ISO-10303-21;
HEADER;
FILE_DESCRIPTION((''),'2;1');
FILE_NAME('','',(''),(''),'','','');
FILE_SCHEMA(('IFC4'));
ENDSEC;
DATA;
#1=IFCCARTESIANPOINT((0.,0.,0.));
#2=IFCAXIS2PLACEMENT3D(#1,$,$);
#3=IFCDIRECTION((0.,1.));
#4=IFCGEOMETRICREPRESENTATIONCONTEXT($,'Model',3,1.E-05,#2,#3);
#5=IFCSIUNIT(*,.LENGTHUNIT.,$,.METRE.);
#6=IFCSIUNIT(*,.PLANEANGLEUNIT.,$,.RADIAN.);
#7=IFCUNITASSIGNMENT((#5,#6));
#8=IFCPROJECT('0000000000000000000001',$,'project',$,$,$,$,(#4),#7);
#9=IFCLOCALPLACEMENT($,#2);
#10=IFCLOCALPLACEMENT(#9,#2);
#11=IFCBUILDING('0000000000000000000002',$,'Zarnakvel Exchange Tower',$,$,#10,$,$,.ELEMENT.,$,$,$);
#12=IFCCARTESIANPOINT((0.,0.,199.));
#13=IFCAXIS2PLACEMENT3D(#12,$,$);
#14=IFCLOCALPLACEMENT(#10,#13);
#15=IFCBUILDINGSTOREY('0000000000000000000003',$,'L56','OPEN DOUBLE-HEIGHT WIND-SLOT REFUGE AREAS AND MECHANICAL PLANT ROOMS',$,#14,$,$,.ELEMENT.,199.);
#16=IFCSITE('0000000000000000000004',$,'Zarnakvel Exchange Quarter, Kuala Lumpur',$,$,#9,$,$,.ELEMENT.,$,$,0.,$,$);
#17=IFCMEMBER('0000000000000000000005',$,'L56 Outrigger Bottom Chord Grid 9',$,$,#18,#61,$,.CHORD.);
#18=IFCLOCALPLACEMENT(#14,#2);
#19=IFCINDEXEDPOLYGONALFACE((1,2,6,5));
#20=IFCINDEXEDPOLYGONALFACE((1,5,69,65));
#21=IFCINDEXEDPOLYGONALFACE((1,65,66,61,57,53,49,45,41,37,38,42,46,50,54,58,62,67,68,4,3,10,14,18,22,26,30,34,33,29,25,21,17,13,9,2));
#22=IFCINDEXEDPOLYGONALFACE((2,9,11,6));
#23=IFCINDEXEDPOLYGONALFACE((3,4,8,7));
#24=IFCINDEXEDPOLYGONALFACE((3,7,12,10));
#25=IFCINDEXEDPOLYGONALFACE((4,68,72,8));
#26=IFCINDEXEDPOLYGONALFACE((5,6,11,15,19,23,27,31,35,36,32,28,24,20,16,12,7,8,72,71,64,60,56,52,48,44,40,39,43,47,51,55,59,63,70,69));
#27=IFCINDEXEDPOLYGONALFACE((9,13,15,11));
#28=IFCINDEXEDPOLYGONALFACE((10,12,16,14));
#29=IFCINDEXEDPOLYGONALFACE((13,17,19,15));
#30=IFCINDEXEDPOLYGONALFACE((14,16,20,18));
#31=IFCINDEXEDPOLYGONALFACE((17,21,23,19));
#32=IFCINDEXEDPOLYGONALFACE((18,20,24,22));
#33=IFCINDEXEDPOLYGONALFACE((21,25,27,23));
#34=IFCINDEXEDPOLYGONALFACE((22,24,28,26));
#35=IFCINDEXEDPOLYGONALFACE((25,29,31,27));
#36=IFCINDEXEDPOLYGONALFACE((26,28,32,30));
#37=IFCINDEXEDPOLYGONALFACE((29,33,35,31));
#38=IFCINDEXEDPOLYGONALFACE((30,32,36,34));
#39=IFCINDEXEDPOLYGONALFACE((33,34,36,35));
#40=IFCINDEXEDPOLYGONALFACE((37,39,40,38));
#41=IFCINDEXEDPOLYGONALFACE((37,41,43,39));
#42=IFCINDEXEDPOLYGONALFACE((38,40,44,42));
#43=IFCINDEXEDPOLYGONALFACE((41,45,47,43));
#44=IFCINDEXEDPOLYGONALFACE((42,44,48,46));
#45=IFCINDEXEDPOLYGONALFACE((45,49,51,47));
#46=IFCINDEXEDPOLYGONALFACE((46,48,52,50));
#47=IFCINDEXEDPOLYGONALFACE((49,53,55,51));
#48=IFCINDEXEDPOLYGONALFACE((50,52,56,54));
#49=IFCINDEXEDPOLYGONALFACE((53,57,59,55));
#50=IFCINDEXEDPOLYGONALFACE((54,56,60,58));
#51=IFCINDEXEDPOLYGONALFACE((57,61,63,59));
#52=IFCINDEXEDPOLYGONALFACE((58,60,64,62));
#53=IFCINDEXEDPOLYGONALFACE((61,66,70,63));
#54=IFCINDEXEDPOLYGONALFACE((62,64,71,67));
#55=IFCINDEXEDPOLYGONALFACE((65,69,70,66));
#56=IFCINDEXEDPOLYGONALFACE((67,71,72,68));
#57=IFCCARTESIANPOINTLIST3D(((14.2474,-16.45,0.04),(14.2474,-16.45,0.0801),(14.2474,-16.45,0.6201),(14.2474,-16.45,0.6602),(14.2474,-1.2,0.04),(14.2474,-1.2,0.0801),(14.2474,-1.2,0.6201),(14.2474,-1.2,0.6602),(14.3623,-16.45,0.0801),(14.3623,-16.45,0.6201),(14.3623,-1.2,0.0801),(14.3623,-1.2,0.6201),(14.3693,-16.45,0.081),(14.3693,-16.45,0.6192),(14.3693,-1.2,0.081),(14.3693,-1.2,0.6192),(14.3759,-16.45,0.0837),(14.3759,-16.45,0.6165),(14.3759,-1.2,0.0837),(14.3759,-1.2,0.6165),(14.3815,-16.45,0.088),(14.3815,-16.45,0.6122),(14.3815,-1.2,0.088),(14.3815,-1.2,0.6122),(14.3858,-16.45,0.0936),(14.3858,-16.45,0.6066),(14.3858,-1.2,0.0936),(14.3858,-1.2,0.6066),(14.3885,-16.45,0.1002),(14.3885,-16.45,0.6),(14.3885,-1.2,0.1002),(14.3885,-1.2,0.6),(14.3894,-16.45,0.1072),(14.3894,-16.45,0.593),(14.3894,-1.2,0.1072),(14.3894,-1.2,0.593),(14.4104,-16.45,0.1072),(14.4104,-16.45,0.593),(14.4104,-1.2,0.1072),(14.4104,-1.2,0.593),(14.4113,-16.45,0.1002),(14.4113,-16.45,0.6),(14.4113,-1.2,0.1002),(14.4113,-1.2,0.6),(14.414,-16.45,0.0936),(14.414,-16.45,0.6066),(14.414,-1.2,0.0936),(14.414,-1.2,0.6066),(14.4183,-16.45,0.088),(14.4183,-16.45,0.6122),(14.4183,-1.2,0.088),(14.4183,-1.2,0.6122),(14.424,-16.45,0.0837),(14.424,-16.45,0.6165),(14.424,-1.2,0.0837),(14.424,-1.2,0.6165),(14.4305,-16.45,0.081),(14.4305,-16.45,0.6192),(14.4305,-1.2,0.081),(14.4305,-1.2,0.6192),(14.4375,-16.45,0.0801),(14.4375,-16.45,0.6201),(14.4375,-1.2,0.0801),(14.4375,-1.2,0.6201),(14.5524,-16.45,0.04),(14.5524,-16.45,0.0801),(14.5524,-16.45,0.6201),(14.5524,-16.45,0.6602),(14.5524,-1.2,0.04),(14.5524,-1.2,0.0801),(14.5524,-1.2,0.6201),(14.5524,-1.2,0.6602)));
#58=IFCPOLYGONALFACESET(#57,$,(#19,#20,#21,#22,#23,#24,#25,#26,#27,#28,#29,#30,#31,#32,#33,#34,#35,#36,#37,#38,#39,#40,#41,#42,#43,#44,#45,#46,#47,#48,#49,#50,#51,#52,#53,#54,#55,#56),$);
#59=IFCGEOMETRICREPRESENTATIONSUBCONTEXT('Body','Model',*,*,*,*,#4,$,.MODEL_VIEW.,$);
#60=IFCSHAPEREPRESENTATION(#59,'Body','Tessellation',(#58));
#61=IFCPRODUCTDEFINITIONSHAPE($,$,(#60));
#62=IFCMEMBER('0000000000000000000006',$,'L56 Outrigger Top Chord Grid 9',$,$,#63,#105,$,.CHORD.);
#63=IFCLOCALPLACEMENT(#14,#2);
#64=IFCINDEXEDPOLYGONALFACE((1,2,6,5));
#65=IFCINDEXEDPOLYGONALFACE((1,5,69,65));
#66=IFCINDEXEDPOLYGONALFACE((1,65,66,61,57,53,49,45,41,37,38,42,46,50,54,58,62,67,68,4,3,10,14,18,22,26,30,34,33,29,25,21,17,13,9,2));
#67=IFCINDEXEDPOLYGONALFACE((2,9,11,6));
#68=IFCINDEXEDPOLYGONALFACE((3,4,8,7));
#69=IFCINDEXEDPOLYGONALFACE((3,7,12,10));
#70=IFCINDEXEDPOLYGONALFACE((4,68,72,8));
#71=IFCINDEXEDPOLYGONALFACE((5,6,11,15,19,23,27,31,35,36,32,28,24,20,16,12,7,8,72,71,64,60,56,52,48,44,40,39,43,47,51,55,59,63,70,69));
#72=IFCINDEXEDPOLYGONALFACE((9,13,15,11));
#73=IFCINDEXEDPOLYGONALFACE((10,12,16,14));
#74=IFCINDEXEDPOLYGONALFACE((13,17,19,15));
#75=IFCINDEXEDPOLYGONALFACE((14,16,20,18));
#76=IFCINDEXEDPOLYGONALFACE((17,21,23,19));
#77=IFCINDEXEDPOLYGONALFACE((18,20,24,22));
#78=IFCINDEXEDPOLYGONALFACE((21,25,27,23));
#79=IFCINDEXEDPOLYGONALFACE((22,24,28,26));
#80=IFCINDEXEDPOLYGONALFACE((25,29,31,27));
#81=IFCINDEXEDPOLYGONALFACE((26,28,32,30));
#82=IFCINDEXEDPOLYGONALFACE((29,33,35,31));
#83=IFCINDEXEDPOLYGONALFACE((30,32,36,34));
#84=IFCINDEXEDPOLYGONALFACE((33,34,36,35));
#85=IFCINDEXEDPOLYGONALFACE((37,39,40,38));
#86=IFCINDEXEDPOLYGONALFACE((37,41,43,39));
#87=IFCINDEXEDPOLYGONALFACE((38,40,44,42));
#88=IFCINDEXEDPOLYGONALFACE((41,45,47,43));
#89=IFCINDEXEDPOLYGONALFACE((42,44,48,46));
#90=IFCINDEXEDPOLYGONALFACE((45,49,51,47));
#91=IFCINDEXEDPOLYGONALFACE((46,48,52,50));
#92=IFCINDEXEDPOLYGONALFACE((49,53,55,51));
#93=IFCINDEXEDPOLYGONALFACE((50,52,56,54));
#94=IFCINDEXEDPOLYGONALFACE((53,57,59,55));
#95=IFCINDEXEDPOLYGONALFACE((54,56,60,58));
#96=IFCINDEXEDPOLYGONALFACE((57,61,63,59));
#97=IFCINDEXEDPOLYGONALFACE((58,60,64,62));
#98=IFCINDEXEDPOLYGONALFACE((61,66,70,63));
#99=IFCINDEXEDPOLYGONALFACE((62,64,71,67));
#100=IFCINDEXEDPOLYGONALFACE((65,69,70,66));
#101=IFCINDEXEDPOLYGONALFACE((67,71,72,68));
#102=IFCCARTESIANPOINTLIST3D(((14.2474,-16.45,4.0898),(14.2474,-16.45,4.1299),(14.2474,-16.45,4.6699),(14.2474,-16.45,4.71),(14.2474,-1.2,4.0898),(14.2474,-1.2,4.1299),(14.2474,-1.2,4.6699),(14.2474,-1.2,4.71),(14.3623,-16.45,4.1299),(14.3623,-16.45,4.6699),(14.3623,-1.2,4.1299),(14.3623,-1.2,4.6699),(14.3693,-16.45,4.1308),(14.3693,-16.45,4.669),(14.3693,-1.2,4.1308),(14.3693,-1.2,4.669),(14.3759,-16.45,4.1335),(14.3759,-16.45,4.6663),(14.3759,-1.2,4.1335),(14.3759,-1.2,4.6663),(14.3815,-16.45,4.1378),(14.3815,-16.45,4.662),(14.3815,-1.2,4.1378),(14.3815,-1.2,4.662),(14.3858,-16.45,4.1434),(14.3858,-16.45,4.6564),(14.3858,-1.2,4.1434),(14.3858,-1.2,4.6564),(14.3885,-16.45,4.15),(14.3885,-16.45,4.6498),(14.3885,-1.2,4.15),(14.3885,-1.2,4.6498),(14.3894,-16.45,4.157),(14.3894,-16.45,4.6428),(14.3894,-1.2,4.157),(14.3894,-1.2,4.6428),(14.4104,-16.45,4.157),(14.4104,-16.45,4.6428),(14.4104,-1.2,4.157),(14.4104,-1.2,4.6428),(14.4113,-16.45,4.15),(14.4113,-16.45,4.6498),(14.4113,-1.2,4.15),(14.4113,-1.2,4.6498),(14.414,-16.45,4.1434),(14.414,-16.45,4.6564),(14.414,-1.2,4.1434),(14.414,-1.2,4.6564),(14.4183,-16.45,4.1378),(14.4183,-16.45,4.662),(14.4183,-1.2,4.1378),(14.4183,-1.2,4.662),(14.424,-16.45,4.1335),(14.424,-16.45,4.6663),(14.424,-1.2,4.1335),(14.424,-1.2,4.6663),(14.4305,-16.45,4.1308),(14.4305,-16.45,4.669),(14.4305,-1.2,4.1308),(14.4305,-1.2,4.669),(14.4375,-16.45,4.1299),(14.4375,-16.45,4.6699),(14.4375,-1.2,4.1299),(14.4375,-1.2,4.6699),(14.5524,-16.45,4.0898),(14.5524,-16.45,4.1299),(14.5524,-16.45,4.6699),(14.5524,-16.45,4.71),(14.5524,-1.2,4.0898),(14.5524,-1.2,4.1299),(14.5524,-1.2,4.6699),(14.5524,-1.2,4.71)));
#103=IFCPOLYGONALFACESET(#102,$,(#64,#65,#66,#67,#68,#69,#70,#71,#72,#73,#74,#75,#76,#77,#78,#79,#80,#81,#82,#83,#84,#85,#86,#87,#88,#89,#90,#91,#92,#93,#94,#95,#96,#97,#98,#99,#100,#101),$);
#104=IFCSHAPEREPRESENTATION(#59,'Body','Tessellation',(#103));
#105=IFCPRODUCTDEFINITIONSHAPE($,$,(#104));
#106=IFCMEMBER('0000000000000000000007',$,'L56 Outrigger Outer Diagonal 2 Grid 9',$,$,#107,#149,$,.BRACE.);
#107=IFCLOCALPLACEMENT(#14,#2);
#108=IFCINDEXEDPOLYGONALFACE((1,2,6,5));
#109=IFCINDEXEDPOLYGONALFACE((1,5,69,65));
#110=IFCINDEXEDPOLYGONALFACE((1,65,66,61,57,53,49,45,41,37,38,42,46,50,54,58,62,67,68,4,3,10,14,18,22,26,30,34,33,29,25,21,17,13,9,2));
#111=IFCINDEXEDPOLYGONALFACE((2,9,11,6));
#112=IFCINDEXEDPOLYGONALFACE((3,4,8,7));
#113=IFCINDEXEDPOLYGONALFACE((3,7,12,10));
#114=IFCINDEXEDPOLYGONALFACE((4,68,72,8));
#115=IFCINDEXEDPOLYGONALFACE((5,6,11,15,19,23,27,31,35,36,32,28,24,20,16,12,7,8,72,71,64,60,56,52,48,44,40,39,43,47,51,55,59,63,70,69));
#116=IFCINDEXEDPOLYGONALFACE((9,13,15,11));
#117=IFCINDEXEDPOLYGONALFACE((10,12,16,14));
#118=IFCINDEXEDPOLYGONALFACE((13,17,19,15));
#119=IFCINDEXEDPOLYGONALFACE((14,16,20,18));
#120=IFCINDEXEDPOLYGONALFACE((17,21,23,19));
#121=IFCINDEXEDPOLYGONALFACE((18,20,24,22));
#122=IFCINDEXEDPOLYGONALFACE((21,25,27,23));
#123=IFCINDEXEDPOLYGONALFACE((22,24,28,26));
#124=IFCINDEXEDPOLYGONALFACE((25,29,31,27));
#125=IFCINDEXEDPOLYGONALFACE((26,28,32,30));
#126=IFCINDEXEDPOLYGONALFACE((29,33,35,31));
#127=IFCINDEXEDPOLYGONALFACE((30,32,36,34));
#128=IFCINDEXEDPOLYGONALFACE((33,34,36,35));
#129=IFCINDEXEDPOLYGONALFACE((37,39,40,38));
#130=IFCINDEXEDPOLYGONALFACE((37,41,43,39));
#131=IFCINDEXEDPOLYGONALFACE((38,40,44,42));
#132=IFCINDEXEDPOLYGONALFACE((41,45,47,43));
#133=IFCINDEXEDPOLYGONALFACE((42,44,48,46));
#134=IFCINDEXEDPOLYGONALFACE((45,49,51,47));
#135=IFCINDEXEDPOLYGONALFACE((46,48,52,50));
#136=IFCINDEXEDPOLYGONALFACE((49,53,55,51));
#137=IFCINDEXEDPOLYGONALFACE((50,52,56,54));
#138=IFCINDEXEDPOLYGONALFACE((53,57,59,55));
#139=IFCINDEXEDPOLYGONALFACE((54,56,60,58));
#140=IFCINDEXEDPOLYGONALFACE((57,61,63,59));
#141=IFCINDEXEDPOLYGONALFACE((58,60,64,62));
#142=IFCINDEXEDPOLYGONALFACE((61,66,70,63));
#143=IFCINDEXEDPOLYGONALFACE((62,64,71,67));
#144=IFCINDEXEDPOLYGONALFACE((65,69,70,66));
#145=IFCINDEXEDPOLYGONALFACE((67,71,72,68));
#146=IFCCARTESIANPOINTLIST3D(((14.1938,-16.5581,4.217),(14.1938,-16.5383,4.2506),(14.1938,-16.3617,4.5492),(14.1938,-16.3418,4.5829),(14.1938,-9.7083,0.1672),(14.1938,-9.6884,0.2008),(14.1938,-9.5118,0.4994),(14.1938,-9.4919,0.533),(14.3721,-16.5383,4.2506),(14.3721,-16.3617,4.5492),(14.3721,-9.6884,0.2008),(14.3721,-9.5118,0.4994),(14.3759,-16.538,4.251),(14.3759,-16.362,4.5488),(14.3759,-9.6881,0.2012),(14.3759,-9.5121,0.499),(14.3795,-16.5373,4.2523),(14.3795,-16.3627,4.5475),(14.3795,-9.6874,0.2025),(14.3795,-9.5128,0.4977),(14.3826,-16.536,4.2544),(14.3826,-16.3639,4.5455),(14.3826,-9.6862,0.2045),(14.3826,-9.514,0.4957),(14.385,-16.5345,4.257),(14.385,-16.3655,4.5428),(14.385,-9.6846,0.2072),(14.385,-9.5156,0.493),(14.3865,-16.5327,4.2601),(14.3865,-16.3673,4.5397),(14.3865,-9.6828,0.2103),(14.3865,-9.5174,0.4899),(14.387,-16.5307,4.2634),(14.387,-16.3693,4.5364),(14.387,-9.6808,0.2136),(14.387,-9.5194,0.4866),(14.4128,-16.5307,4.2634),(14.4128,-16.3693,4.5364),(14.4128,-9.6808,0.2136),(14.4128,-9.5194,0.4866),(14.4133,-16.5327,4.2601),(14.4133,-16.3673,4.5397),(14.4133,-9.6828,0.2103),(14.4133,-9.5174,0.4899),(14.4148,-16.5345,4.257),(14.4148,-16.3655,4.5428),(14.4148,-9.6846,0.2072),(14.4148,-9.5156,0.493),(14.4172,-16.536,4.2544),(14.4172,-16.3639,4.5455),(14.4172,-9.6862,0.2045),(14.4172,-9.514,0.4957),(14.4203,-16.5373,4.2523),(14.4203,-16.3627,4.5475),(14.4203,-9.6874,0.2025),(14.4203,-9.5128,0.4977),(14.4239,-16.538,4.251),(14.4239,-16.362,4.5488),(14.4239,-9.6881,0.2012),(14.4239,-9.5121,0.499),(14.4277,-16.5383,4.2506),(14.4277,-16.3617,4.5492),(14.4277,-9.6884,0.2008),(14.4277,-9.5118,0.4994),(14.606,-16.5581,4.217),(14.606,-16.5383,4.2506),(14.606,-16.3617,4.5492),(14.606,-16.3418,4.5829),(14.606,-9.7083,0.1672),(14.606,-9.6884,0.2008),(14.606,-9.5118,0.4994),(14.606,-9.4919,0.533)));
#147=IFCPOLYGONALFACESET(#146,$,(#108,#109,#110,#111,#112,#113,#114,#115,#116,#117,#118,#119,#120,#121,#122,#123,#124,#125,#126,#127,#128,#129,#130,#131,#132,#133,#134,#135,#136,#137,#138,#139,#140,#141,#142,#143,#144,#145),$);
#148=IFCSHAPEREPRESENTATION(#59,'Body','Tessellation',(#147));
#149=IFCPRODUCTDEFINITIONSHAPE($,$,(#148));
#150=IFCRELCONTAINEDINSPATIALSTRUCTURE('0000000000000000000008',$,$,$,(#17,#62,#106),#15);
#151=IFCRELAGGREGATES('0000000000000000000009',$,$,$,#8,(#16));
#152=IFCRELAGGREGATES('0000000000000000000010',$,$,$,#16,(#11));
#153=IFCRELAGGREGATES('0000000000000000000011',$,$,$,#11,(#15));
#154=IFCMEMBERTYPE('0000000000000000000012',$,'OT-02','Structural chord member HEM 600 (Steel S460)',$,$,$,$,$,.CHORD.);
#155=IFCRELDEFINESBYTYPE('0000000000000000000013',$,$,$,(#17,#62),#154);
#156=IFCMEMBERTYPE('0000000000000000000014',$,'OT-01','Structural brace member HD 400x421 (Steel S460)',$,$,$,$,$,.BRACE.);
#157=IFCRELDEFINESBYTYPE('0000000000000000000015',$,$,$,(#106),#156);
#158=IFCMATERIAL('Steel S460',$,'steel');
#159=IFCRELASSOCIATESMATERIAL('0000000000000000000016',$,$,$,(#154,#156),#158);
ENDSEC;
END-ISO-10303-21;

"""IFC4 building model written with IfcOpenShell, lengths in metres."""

from ifc_helpers import new_model, si_unit, direction, frame, origin, origin_2d, place, context, subcontext, project, spatial, i_section, extrude, source, transform, mapped, material, material_profile, profile_set, type_object, element, save


model = new_model("IFC4")

# Units and contexts
model_context = context("Model", 3, precision=1e-05, world=origin(), true_north=direction((0.0, 1.0)))
body_context = subcontext(model_context, "Body", "Model", "MODEL_VIEW")
ifc_project = project(units=[si_unit("LENGTHUNIT", "METRE"), si_unit("PLANEANGLEUNIT", "RADIAN")], contexts=[model_context])

# Site, building, storey
site_placement = place(None, origin())
site = spatial("IfcSite", under=ifc_project, at=site_placement, Name="Zarnakvel Exchange Quarter, Kuala Lumpur", CompositionType="ELEMENT", RefElevation=0.0)
building_placement = place(site_placement, origin())
building = spatial("IfcBuilding", under=site, at=building_placement, Name="Zarnakvel Exchange Tower", CompositionType="ELEMENT")
storey_placement = place(building_placement, frame((0.0, 0.0, 199.0)))
storey = spatial("IfcBuildingStorey", under=building, at=storey_placement, Name="L56", Description="OPEN DOUBLE-HEIGHT WIND-SLOT REFUGE AREAS AND MECHANICAL PLANT ROOMS", CompositionType="ELEMENT", Elevation=199.0)

# Shared definitions
ifc_material_1 = material(Name="Steel S460", Category="steel")

# Members
ifc_material_profile_1 = material_profile(ifc_material_1, i_section(OverallWidth=0.3049, OverallDepth=0.6201, WebThickness=0.021, FlangeThickness=0.04, FilletRadius=0.0271, at=origin_2d()))
ifc_profile_set_1 = profile_set([ifc_material_profile_1], Name="Steel S460")
member_type_1 = type_object("IfcMemberType", Name="OT-02", Description="Structural chord member HEM 600 (Steel S460)", PredefinedType="CHORD", material=ifc_profile_set_1)
shared_shape_1 = source(origin(), body_context, "Body", "SweptSolid", [
    extrude(i_section(OverallWidth=0.3049, OverallDepth=0.6201, WebThickness=0.021, FlangeThickness=0.04, FilletRadius=0.0271, at=origin_2d()), origin(), (0.0, 0.0, 1.0), 15.25),
])
for number, where, z_axis, x_axis, name in (
    (1, (14.3999, -16.45, 0.3501), (0.0, 1.0, 0.0), (-1.0, 0.0, 0.0), "L56 Outrigger Bottom Chord Grid 9"),
    (2, (14.3999, -16.45, 4.3999), (0.0, 1.0, 0.0), (-1.0, 0.0, 0.0), "L56 Outrigger Top Chord Grid 9"),
):
    element("IfcMember", number, at=place(storey_placement, frame(where, z_axis=z_axis, x_axis=x_axis)), inside=storey, type_object=member_type_1, Name=name, PredefinedType="CHORD", context=body_context, shape_type="MappedRepresentation", body=[
        mapped(shared_shape_1, transform((0.0, 0.0, 0.0), x_axis=(1.0, 0.0, 0.0), y_axis=(0.0, 1.0, 0.0), z_axis=(0.0, 0.0, 1.0), scale=1.0)),
    ])
ifc_material_profile_2 = material_profile(ifc_material_1, i_section(OverallWidth=0.4121, OverallDepth=0.425, WebThickness=0.0259, FlangeThickness=0.0391, FilletRadius=0.0149, at=origin_2d()))
ifc_profile_set_2 = profile_set([ifc_material_profile_2], Name="Steel S460")
member_type_2 = type_object("IfcMemberType", Name="OT-01", Description="Structural brace member HD 400x421 (Steel S460)", PredefinedType="BRACE", material=ifc_profile_set_2)
shared_shape_2 = source(origin(), body_context, "Body", "SweptSolid", [
    extrude(i_section(OverallWidth=0.4121, OverallDepth=0.425, WebThickness=0.0259, FlangeThickness=0.0391, FilletRadius=0.0149, at=origin_2d()), origin(), (0.0, 0.0, 1.0), 7.9575),
])
member_1_placement = place(storey_placement, frame((14.3999, -9.6001, 0.3501), z_axis=(0.0, -0.860807, 0.508931), x_axis=(1.0, 0.0, 0.0)))
element("IfcMember", 3, at=member_1_placement, inside=storey, type_object=member_type_2, Name="L56 Outrigger Outer Diagonal 2 Grid 9", PredefinedType="BRACE", context=body_context, shape_type="MappedRepresentation", body=[
    mapped(shared_shape_2, transform((0.0, 0.0, 0.0), x_axis=(1.0, 0.0, 0.0), y_axis=(0.0, 1.0, 0.0), z_axis=(0.0, 0.0, 1.0), scale=1.0)),
])

save(model, "model.ifc")
